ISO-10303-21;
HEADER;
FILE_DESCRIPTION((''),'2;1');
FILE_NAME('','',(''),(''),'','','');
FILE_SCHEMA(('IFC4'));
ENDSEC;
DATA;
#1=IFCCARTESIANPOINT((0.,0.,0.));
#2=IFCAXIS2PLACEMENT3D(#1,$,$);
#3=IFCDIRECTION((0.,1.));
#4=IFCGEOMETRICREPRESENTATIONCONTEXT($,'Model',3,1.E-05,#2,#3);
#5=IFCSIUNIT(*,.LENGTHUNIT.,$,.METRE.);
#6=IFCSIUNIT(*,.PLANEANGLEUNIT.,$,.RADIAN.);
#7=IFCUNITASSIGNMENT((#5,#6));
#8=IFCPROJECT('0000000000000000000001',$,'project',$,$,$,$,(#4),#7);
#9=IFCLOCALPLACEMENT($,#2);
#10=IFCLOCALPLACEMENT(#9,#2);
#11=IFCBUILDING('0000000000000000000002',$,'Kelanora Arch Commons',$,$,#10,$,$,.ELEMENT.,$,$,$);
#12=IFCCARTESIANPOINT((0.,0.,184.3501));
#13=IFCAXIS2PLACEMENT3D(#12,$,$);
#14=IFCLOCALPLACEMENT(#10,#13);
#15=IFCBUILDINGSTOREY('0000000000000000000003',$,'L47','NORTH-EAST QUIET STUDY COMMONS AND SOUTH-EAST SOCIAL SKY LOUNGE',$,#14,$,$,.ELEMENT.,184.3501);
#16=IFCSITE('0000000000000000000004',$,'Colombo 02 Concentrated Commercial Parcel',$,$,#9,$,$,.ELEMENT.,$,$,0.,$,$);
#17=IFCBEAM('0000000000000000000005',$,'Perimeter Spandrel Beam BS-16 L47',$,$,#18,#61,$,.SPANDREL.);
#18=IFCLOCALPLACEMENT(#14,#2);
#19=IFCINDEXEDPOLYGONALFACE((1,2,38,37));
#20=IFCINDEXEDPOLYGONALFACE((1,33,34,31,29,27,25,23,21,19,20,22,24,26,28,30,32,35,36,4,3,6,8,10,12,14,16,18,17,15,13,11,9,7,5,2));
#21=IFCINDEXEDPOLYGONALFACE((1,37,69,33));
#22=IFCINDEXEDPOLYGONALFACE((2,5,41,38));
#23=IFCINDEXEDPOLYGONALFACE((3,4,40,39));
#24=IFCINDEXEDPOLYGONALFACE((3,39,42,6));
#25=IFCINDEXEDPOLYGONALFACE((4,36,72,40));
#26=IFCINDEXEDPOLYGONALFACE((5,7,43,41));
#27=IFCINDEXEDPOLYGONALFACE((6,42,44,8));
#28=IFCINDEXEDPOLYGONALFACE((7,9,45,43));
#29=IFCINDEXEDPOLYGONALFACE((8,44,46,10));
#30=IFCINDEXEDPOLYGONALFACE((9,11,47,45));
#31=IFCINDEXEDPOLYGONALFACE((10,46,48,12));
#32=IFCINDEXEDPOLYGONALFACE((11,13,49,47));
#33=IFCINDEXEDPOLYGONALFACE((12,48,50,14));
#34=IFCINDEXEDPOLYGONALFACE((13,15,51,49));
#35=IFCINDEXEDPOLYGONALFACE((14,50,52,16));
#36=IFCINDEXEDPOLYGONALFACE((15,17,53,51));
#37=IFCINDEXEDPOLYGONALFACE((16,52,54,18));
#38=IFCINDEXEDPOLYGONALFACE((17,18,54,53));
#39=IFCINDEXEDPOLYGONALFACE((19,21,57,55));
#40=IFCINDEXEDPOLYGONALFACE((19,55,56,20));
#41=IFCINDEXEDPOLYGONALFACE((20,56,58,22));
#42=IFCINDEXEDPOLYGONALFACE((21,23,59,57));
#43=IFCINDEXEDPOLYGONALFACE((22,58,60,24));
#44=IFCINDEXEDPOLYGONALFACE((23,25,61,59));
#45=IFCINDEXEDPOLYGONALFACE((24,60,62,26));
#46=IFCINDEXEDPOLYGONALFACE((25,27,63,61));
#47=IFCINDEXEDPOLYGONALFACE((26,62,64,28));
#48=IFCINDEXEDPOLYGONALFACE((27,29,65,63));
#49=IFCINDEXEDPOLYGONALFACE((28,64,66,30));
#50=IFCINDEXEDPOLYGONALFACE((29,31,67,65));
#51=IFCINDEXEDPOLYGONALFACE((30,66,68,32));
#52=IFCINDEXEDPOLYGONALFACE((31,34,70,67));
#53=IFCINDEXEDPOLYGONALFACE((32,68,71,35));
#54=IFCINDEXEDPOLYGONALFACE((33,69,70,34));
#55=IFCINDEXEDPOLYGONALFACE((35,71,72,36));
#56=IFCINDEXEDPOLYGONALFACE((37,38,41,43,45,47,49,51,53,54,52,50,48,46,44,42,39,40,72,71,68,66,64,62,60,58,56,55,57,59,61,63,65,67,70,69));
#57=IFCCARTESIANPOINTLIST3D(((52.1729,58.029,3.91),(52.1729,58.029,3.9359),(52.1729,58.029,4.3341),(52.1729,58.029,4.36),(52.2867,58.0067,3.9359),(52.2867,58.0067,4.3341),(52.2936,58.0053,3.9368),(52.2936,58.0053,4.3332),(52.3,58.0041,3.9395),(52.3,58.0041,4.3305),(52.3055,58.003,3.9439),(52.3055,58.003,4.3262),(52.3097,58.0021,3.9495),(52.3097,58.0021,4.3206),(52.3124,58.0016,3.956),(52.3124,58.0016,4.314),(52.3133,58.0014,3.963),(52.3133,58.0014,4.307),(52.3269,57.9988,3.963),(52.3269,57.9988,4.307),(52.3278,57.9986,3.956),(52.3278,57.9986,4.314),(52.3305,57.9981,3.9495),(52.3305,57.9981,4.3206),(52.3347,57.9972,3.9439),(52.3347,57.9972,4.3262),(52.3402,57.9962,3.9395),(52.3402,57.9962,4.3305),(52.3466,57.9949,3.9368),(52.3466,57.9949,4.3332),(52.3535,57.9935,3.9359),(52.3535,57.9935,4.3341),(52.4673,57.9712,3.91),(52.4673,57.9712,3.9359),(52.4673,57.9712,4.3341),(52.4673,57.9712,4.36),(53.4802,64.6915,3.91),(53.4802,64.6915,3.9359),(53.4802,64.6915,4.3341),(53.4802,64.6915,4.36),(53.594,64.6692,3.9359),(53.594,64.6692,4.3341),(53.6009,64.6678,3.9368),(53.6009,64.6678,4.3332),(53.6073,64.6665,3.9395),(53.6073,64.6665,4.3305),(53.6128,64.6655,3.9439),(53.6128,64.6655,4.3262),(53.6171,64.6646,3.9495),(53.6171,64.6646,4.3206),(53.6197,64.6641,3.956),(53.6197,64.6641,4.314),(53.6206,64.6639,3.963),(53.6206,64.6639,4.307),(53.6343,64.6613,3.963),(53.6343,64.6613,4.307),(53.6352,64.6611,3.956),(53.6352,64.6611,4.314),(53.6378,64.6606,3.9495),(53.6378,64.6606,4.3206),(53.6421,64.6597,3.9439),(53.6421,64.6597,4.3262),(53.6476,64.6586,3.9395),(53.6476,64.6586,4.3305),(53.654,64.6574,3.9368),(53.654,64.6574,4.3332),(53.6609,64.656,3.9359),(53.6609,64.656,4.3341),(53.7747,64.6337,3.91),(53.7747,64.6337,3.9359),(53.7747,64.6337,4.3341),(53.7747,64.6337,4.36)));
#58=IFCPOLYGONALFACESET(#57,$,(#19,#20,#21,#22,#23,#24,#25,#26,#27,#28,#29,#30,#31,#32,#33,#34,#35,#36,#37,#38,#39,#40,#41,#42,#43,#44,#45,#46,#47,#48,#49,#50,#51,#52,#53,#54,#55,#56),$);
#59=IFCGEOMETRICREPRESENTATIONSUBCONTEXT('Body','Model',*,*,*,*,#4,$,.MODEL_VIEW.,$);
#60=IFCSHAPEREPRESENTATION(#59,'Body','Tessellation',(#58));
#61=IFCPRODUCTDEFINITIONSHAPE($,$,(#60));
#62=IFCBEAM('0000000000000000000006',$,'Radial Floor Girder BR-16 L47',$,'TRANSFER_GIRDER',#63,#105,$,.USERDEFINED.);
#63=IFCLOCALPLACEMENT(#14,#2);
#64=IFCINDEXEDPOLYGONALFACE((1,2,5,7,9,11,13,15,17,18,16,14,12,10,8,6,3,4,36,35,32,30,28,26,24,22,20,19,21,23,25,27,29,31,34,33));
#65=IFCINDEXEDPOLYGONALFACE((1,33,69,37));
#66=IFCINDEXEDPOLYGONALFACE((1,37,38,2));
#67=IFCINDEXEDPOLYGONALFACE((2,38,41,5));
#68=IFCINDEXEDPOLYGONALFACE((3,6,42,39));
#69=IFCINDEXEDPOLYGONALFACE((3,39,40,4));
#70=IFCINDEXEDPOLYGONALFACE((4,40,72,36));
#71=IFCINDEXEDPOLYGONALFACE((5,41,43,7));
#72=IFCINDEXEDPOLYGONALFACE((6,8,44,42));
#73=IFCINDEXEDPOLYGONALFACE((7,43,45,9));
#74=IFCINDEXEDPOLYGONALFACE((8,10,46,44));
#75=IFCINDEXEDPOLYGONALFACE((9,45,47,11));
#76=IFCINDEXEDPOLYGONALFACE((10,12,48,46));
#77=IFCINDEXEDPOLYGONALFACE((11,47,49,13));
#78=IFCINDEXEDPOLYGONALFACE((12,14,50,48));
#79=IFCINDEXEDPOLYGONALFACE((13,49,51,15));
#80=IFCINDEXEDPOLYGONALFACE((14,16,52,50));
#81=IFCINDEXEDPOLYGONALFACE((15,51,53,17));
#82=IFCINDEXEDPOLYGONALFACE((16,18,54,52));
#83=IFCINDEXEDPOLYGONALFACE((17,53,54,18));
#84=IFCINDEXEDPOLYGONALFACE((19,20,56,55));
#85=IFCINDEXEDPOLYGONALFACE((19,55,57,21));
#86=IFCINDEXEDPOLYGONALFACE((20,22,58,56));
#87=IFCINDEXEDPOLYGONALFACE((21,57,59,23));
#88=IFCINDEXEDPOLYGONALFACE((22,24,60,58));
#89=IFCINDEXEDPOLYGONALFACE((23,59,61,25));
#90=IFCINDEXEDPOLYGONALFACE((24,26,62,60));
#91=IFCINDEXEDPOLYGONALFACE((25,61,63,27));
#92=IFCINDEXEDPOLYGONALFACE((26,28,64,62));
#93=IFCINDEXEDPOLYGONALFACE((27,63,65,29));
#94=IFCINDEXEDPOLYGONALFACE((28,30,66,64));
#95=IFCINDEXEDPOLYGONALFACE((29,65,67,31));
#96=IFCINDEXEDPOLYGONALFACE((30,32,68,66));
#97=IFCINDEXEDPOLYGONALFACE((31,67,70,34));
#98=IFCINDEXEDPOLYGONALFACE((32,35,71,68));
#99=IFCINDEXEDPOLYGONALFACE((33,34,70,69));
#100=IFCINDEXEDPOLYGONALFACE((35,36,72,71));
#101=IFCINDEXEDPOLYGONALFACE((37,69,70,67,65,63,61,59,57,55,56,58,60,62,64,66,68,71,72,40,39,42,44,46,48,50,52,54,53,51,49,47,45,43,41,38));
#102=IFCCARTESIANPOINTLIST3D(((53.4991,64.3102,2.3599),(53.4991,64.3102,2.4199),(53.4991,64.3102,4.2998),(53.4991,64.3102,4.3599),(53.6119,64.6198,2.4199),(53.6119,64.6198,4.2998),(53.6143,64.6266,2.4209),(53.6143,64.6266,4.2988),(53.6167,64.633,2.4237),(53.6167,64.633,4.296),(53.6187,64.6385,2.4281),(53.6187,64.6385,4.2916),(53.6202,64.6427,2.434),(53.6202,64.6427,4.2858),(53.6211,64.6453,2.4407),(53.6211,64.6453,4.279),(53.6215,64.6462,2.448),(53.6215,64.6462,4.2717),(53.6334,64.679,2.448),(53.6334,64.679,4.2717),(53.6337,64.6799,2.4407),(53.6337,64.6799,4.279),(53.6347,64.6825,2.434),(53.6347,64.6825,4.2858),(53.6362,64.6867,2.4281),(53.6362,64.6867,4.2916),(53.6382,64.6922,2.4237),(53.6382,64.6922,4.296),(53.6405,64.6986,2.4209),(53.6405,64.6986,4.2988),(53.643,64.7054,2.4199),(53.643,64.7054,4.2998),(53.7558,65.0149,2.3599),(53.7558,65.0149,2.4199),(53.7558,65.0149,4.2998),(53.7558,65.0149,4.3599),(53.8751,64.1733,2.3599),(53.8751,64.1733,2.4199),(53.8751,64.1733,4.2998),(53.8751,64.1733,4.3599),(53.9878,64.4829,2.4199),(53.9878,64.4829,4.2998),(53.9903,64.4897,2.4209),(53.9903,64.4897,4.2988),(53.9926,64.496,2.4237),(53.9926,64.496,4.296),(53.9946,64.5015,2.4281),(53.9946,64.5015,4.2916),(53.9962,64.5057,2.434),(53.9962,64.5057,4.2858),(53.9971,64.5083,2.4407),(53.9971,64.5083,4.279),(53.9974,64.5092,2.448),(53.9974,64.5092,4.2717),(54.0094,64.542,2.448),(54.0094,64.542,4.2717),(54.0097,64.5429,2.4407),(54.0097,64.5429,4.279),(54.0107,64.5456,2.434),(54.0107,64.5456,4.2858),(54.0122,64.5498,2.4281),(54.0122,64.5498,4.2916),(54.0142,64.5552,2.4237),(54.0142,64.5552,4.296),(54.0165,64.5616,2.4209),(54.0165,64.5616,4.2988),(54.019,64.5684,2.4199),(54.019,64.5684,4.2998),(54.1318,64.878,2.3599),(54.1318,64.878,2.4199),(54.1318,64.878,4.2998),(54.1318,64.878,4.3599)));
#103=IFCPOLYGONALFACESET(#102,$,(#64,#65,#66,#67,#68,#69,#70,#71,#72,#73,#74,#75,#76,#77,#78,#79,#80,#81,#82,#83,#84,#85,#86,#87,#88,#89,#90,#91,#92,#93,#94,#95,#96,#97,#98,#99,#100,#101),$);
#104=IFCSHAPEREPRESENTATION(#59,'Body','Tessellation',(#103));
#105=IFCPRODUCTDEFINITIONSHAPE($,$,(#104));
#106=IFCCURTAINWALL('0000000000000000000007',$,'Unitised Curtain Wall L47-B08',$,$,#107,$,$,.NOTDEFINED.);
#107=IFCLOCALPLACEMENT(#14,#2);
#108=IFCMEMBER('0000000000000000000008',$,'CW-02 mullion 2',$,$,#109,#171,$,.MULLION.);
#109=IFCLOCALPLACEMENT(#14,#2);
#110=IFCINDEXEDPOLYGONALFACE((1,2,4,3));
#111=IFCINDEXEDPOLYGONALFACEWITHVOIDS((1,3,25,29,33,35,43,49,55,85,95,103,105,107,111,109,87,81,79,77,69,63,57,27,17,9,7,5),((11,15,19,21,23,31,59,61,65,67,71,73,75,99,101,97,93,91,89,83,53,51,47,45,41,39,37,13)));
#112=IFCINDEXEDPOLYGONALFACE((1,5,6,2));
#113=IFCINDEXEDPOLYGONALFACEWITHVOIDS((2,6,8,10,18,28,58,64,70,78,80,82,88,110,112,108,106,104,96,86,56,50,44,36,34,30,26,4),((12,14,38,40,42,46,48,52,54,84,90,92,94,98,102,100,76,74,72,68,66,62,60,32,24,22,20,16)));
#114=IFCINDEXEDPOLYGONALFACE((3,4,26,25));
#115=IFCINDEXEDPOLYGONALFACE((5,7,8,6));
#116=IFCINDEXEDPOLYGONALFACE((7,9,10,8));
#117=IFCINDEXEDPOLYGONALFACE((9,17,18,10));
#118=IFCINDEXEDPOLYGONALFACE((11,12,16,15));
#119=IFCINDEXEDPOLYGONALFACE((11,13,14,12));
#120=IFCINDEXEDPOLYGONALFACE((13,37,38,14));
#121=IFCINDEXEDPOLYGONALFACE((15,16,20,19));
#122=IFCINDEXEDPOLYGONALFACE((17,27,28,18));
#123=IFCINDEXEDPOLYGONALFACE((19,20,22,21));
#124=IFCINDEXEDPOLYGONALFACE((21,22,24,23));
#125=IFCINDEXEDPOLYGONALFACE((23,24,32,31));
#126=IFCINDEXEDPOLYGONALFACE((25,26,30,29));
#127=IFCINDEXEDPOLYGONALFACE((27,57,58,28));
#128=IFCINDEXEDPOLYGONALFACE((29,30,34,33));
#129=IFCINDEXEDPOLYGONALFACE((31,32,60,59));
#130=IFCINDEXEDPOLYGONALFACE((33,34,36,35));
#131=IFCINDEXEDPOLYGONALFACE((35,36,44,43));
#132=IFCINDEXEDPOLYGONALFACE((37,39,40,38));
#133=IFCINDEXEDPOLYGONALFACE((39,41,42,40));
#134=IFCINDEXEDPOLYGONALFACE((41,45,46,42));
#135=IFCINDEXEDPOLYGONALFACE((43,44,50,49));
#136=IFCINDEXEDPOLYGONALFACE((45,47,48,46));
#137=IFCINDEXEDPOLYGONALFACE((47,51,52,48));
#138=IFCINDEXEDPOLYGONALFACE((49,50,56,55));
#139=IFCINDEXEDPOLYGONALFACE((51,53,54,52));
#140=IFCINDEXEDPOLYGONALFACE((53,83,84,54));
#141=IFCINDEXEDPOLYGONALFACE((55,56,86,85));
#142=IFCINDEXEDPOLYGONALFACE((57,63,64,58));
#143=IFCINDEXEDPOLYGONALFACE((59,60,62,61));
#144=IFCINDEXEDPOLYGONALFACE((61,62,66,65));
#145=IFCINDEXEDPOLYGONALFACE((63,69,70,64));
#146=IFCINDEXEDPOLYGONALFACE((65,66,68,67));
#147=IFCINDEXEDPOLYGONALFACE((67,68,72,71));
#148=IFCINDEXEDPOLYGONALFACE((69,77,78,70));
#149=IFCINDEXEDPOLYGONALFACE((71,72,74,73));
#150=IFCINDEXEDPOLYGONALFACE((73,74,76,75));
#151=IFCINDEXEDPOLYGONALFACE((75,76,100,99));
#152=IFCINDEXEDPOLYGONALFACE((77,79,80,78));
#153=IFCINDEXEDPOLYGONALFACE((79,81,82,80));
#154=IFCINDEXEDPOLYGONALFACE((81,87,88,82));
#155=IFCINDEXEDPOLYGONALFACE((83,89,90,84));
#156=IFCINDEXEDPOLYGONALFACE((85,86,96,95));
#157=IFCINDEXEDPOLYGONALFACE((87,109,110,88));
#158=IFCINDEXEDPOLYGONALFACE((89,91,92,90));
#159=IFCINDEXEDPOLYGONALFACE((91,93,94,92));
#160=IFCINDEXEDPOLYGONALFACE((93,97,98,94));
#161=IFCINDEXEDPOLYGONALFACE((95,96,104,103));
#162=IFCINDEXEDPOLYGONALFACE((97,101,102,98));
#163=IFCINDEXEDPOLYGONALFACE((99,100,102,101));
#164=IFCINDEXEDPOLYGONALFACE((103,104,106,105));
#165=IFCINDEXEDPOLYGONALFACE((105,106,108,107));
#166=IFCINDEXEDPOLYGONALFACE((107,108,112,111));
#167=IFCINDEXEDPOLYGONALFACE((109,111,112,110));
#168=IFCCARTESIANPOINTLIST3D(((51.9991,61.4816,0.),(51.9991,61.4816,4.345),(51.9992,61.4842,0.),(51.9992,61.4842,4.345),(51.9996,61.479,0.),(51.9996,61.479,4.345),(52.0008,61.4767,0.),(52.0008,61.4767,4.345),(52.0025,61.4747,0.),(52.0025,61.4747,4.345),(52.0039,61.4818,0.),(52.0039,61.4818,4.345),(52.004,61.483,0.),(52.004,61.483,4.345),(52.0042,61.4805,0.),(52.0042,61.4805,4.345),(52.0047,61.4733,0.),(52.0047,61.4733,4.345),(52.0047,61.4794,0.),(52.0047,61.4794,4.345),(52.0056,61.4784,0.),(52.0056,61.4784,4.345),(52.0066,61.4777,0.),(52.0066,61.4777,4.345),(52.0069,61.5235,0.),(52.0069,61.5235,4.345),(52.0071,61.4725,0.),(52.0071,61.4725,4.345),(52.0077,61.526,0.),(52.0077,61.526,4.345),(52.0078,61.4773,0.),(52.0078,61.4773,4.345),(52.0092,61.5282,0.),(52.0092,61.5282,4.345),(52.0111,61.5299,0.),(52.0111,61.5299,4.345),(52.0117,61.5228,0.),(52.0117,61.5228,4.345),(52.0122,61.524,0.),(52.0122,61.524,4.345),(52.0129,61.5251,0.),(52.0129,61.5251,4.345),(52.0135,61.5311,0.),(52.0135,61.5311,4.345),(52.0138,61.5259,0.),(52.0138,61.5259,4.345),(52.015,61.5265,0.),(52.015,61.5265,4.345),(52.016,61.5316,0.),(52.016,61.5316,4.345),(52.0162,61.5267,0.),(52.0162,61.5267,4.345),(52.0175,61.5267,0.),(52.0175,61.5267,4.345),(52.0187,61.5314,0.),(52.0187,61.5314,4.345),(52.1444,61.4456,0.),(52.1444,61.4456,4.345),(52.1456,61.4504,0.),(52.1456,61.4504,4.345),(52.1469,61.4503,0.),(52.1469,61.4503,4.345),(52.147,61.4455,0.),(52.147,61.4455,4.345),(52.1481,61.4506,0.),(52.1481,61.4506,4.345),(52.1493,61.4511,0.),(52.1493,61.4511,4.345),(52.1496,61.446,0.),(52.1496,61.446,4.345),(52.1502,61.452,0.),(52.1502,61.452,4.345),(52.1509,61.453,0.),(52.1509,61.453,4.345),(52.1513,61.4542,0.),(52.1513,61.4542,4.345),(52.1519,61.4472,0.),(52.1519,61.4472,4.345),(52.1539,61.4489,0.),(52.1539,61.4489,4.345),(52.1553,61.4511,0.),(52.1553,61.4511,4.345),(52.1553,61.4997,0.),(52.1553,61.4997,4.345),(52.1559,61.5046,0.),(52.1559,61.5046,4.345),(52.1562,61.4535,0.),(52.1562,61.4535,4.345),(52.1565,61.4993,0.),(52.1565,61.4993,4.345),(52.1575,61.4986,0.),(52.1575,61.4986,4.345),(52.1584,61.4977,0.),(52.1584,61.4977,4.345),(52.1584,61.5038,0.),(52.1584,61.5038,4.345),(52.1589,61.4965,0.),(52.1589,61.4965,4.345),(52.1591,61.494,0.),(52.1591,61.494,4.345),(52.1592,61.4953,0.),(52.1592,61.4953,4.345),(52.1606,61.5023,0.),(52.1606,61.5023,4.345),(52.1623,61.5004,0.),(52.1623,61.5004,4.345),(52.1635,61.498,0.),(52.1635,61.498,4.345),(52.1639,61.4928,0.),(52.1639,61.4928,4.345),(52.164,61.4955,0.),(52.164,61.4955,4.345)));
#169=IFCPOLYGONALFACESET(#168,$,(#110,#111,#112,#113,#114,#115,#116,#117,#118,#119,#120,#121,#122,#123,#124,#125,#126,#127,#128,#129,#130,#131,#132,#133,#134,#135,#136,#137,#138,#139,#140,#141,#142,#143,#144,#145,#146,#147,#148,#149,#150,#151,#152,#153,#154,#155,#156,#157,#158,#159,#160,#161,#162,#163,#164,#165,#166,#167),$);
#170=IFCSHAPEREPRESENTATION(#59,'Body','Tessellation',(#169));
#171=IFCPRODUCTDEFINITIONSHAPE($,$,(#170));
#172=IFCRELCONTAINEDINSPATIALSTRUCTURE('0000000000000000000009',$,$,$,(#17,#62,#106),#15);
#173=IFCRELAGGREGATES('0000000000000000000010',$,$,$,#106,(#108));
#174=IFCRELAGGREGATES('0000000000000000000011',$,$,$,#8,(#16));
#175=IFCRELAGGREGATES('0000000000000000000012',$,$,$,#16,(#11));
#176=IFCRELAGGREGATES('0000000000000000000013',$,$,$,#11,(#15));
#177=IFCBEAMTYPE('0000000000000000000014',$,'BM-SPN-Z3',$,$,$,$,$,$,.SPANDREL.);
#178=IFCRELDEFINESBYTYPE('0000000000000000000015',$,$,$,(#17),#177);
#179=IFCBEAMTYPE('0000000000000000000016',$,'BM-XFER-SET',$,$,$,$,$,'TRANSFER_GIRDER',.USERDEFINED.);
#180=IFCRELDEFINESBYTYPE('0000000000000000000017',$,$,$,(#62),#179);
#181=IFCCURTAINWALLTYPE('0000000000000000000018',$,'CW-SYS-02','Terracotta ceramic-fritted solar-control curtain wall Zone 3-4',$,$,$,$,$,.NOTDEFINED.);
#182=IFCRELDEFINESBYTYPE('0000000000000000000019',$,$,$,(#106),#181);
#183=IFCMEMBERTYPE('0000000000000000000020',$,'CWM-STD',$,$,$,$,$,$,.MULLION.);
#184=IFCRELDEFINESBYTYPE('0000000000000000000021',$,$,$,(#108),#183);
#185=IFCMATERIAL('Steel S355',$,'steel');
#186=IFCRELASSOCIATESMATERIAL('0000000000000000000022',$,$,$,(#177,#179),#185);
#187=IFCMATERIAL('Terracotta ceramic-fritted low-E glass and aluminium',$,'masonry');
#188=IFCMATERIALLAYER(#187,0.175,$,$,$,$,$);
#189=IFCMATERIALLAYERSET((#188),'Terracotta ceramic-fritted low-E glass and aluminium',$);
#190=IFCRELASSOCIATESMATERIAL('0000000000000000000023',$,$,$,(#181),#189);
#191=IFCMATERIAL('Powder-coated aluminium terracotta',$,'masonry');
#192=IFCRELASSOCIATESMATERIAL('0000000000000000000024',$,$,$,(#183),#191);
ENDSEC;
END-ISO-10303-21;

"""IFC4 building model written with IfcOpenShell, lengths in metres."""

from ifc_helpers import new_model, si_unit, direction, frame, origin, origin_2d, place, context, subcontext, project, spatial, hollow_rectangle, i_section, extrude, material, layer, layer_set, material_profile, profile_set, type_object, element, aggregate, save


model = new_model("IFC4")

# Units and contexts
model_context = context("Model", 3, precision=1e-05, world=origin(), true_north=direction((0.0, 1.0)))
body_context = subcontext(model_context, "Body", "Model", "MODEL_VIEW")
ifc_project = project(units=[si_unit("LENGTHUNIT", "METRE"), si_unit("PLANEANGLEUNIT", "RADIAN")], contexts=[model_context])

# Site, building, storey
site_placement = place(None, origin())
site = spatial("IfcSite", under=ifc_project, at=site_placement, Name="Colombo 02 Concentrated Commercial Parcel", CompositionType="ELEMENT", RefElevation=0.0)
building_placement = place(site_placement, origin())
building = spatial("IfcBuilding", under=site, at=building_placement, Name="Kelanora Arch Commons", CompositionType="ELEMENT")
storey_placement = place(building_placement, frame((0.0, 0.0, 184.3501)))
storey = spatial("IfcBuildingStorey", under=building, at=storey_placement, Name="L47", Description="NORTH-EAST QUIET STUDY COMMONS AND SOUTH-EAST SOCIAL SKY LOUNGE", CompositionType="ELEMENT", Elevation=184.3501)

# Beams
ifc_material_1 = material(Name="Steel S355", Category="steel")
ifc_material_profile_1 = material_profile(ifc_material_1, i_section(OverallWidth=0.3, OverallDepth=0.45, WebThickness=0.0139, FlangeThickness=0.0259, FilletRadius=0.0271, at=origin_2d()), Name="HEB450")
ifc_profile_set_1 = profile_set([ifc_material_profile_1], Name="Steel S355")
beam_type_1 = type_object("IfcBeamType", Name="BM-SPN-Z3", PredefinedType="SPANDREL", material=ifc_profile_set_1)
beam_1_placement = place(storey_placement, frame((53.6274, 64.6626, 4.135), z_axis=(-0.192554, -0.981286, 0.0), x_axis=(0.981286, -0.192554, 0.0)))
element("IfcBeam", 1, at=beam_1_placement, inside=storey, type_object=beam_type_1, Name="Perimeter Spandrel Beam BS-16 L47", PredefinedType="SPANDREL", context=body_context, shape_type="SweptSolid", body=[
    extrude(i_section(OverallWidth=0.3, OverallDepth=0.45, WebThickness=0.0139, FlangeThickness=0.0259, FilletRadius=0.0271, at=origin_2d()), origin(), (0.0, 0.0, 1.0), 6.7896),
])
ifc_material_profile_2 = material_profile(ifc_material_1, i_section(OverallWidth=0.75, OverallDepth=2.0, WebThickness=0.0349, FlangeThickness=0.0601, FilletRadius=0.0281, at=origin_2d()), Name="PG2000x750")
ifc_profile_set_2 = profile_set([ifc_material_profile_2], Name="Steel S355")
beam_type_2 = type_object("IfcBeamType", Name="BM-XFER-SET", ElementType="TRANSFER_GIRDER", PredefinedType="USERDEFINED", material=ifc_profile_set_2)
beam_2_placement = place(storey_placement, frame((54.0034, 64.5256, 3.3599), z_axis=(-0.939597, 0.342282, 0.0), x_axis=(-0.342282, -0.939597, 0.0)))
element("IfcBeam", 2, at=beam_2_placement, inside=storey, type_object=beam_type_2, Name="Radial Floor Girder BR-16 L47", ObjectType="TRANSFER_GIRDER", PredefinedType="USERDEFINED", context=body_context, shape_type="SweptSolid", body=[
    extrude(i_section(OverallWidth=0.75, OverallDepth=2.0, WebThickness=0.0349, FlangeThickness=0.0601, FilletRadius=0.0281, at=origin_2d()), origin(), (0.0, 0.0, 1.0), 0.4001),
])

# Curtain wall, member
ifc_material_2 = material(Name="Terracotta ceramic-fritted low-E glass and aluminium", Category="masonry")
ifc_layer_1 = layer(ifc_material_2, 0.175)
ifc_layer_set_1 = layer_set([ifc_layer_1], Name="Terracotta ceramic-fritted low-E glass and aluminium")
curtain_wall_type = type_object("IfcCurtainWallType", Name="CW-SYS-02", Description="Terracotta ceramic-fritted solar-control curtain wall Zone 3-4", PredefinedType="NOTDEFINED", material=ifc_layer_set_1)
curtain_wall_placement = place(storey_placement, origin())
curtain_wall = element("IfcCurtainWall", 3, at=curtain_wall_placement, inside=storey, type_object=curtain_wall_type, Name="Unitised Curtain Wall L47-B08", PredefinedType="NOTDEFINED")
ifc_material_3 = material(Name="Powder-coated aluminium terracotta", Category="masonry")
ifc_material_profile_3 = material_profile(ifc_material_3, hollow_rectangle(XDim=0.1599, YDim=0.0601, WallThickness=0.0049, InnerFilletRadius=0.0049, OuterFilletRadius=0.01, at=origin_2d()), Name="CWM160x60")
ifc_profile_set_3 = profile_set([ifc_material_profile_3], Name="Powder-coated aluminium terracotta")
member_type_1 = type_object("IfcMemberType", Name="CWM-STD", PredefinedType="MULLION", material=ifc_profile_set_3)
member_1_placement = place(storey_placement, frame((52.0815, 61.4885, 0.0), z_axis=(0.0, 0.0, 1.0), x_axis=(0.981453, -0.191705, 0.0)))
member_1 = element("IfcMember", 4, at=member_1_placement, type_object=member_type_1, Name="CW-02 mullion 2", PredefinedType="MULLION", context=body_context, shape_type="SweptSolid", body=[
    extrude(hollow_rectangle(XDim=0.1599, YDim=0.0601, WallThickness=0.0049, InnerFilletRadius=0.0049, OuterFilletRadius=0.01, at=origin_2d()), origin(), (0.0, 0.0, 1.0), 4.345),
])
aggregate(curtain_wall, [member_1])

save(model, "model.ifc")
